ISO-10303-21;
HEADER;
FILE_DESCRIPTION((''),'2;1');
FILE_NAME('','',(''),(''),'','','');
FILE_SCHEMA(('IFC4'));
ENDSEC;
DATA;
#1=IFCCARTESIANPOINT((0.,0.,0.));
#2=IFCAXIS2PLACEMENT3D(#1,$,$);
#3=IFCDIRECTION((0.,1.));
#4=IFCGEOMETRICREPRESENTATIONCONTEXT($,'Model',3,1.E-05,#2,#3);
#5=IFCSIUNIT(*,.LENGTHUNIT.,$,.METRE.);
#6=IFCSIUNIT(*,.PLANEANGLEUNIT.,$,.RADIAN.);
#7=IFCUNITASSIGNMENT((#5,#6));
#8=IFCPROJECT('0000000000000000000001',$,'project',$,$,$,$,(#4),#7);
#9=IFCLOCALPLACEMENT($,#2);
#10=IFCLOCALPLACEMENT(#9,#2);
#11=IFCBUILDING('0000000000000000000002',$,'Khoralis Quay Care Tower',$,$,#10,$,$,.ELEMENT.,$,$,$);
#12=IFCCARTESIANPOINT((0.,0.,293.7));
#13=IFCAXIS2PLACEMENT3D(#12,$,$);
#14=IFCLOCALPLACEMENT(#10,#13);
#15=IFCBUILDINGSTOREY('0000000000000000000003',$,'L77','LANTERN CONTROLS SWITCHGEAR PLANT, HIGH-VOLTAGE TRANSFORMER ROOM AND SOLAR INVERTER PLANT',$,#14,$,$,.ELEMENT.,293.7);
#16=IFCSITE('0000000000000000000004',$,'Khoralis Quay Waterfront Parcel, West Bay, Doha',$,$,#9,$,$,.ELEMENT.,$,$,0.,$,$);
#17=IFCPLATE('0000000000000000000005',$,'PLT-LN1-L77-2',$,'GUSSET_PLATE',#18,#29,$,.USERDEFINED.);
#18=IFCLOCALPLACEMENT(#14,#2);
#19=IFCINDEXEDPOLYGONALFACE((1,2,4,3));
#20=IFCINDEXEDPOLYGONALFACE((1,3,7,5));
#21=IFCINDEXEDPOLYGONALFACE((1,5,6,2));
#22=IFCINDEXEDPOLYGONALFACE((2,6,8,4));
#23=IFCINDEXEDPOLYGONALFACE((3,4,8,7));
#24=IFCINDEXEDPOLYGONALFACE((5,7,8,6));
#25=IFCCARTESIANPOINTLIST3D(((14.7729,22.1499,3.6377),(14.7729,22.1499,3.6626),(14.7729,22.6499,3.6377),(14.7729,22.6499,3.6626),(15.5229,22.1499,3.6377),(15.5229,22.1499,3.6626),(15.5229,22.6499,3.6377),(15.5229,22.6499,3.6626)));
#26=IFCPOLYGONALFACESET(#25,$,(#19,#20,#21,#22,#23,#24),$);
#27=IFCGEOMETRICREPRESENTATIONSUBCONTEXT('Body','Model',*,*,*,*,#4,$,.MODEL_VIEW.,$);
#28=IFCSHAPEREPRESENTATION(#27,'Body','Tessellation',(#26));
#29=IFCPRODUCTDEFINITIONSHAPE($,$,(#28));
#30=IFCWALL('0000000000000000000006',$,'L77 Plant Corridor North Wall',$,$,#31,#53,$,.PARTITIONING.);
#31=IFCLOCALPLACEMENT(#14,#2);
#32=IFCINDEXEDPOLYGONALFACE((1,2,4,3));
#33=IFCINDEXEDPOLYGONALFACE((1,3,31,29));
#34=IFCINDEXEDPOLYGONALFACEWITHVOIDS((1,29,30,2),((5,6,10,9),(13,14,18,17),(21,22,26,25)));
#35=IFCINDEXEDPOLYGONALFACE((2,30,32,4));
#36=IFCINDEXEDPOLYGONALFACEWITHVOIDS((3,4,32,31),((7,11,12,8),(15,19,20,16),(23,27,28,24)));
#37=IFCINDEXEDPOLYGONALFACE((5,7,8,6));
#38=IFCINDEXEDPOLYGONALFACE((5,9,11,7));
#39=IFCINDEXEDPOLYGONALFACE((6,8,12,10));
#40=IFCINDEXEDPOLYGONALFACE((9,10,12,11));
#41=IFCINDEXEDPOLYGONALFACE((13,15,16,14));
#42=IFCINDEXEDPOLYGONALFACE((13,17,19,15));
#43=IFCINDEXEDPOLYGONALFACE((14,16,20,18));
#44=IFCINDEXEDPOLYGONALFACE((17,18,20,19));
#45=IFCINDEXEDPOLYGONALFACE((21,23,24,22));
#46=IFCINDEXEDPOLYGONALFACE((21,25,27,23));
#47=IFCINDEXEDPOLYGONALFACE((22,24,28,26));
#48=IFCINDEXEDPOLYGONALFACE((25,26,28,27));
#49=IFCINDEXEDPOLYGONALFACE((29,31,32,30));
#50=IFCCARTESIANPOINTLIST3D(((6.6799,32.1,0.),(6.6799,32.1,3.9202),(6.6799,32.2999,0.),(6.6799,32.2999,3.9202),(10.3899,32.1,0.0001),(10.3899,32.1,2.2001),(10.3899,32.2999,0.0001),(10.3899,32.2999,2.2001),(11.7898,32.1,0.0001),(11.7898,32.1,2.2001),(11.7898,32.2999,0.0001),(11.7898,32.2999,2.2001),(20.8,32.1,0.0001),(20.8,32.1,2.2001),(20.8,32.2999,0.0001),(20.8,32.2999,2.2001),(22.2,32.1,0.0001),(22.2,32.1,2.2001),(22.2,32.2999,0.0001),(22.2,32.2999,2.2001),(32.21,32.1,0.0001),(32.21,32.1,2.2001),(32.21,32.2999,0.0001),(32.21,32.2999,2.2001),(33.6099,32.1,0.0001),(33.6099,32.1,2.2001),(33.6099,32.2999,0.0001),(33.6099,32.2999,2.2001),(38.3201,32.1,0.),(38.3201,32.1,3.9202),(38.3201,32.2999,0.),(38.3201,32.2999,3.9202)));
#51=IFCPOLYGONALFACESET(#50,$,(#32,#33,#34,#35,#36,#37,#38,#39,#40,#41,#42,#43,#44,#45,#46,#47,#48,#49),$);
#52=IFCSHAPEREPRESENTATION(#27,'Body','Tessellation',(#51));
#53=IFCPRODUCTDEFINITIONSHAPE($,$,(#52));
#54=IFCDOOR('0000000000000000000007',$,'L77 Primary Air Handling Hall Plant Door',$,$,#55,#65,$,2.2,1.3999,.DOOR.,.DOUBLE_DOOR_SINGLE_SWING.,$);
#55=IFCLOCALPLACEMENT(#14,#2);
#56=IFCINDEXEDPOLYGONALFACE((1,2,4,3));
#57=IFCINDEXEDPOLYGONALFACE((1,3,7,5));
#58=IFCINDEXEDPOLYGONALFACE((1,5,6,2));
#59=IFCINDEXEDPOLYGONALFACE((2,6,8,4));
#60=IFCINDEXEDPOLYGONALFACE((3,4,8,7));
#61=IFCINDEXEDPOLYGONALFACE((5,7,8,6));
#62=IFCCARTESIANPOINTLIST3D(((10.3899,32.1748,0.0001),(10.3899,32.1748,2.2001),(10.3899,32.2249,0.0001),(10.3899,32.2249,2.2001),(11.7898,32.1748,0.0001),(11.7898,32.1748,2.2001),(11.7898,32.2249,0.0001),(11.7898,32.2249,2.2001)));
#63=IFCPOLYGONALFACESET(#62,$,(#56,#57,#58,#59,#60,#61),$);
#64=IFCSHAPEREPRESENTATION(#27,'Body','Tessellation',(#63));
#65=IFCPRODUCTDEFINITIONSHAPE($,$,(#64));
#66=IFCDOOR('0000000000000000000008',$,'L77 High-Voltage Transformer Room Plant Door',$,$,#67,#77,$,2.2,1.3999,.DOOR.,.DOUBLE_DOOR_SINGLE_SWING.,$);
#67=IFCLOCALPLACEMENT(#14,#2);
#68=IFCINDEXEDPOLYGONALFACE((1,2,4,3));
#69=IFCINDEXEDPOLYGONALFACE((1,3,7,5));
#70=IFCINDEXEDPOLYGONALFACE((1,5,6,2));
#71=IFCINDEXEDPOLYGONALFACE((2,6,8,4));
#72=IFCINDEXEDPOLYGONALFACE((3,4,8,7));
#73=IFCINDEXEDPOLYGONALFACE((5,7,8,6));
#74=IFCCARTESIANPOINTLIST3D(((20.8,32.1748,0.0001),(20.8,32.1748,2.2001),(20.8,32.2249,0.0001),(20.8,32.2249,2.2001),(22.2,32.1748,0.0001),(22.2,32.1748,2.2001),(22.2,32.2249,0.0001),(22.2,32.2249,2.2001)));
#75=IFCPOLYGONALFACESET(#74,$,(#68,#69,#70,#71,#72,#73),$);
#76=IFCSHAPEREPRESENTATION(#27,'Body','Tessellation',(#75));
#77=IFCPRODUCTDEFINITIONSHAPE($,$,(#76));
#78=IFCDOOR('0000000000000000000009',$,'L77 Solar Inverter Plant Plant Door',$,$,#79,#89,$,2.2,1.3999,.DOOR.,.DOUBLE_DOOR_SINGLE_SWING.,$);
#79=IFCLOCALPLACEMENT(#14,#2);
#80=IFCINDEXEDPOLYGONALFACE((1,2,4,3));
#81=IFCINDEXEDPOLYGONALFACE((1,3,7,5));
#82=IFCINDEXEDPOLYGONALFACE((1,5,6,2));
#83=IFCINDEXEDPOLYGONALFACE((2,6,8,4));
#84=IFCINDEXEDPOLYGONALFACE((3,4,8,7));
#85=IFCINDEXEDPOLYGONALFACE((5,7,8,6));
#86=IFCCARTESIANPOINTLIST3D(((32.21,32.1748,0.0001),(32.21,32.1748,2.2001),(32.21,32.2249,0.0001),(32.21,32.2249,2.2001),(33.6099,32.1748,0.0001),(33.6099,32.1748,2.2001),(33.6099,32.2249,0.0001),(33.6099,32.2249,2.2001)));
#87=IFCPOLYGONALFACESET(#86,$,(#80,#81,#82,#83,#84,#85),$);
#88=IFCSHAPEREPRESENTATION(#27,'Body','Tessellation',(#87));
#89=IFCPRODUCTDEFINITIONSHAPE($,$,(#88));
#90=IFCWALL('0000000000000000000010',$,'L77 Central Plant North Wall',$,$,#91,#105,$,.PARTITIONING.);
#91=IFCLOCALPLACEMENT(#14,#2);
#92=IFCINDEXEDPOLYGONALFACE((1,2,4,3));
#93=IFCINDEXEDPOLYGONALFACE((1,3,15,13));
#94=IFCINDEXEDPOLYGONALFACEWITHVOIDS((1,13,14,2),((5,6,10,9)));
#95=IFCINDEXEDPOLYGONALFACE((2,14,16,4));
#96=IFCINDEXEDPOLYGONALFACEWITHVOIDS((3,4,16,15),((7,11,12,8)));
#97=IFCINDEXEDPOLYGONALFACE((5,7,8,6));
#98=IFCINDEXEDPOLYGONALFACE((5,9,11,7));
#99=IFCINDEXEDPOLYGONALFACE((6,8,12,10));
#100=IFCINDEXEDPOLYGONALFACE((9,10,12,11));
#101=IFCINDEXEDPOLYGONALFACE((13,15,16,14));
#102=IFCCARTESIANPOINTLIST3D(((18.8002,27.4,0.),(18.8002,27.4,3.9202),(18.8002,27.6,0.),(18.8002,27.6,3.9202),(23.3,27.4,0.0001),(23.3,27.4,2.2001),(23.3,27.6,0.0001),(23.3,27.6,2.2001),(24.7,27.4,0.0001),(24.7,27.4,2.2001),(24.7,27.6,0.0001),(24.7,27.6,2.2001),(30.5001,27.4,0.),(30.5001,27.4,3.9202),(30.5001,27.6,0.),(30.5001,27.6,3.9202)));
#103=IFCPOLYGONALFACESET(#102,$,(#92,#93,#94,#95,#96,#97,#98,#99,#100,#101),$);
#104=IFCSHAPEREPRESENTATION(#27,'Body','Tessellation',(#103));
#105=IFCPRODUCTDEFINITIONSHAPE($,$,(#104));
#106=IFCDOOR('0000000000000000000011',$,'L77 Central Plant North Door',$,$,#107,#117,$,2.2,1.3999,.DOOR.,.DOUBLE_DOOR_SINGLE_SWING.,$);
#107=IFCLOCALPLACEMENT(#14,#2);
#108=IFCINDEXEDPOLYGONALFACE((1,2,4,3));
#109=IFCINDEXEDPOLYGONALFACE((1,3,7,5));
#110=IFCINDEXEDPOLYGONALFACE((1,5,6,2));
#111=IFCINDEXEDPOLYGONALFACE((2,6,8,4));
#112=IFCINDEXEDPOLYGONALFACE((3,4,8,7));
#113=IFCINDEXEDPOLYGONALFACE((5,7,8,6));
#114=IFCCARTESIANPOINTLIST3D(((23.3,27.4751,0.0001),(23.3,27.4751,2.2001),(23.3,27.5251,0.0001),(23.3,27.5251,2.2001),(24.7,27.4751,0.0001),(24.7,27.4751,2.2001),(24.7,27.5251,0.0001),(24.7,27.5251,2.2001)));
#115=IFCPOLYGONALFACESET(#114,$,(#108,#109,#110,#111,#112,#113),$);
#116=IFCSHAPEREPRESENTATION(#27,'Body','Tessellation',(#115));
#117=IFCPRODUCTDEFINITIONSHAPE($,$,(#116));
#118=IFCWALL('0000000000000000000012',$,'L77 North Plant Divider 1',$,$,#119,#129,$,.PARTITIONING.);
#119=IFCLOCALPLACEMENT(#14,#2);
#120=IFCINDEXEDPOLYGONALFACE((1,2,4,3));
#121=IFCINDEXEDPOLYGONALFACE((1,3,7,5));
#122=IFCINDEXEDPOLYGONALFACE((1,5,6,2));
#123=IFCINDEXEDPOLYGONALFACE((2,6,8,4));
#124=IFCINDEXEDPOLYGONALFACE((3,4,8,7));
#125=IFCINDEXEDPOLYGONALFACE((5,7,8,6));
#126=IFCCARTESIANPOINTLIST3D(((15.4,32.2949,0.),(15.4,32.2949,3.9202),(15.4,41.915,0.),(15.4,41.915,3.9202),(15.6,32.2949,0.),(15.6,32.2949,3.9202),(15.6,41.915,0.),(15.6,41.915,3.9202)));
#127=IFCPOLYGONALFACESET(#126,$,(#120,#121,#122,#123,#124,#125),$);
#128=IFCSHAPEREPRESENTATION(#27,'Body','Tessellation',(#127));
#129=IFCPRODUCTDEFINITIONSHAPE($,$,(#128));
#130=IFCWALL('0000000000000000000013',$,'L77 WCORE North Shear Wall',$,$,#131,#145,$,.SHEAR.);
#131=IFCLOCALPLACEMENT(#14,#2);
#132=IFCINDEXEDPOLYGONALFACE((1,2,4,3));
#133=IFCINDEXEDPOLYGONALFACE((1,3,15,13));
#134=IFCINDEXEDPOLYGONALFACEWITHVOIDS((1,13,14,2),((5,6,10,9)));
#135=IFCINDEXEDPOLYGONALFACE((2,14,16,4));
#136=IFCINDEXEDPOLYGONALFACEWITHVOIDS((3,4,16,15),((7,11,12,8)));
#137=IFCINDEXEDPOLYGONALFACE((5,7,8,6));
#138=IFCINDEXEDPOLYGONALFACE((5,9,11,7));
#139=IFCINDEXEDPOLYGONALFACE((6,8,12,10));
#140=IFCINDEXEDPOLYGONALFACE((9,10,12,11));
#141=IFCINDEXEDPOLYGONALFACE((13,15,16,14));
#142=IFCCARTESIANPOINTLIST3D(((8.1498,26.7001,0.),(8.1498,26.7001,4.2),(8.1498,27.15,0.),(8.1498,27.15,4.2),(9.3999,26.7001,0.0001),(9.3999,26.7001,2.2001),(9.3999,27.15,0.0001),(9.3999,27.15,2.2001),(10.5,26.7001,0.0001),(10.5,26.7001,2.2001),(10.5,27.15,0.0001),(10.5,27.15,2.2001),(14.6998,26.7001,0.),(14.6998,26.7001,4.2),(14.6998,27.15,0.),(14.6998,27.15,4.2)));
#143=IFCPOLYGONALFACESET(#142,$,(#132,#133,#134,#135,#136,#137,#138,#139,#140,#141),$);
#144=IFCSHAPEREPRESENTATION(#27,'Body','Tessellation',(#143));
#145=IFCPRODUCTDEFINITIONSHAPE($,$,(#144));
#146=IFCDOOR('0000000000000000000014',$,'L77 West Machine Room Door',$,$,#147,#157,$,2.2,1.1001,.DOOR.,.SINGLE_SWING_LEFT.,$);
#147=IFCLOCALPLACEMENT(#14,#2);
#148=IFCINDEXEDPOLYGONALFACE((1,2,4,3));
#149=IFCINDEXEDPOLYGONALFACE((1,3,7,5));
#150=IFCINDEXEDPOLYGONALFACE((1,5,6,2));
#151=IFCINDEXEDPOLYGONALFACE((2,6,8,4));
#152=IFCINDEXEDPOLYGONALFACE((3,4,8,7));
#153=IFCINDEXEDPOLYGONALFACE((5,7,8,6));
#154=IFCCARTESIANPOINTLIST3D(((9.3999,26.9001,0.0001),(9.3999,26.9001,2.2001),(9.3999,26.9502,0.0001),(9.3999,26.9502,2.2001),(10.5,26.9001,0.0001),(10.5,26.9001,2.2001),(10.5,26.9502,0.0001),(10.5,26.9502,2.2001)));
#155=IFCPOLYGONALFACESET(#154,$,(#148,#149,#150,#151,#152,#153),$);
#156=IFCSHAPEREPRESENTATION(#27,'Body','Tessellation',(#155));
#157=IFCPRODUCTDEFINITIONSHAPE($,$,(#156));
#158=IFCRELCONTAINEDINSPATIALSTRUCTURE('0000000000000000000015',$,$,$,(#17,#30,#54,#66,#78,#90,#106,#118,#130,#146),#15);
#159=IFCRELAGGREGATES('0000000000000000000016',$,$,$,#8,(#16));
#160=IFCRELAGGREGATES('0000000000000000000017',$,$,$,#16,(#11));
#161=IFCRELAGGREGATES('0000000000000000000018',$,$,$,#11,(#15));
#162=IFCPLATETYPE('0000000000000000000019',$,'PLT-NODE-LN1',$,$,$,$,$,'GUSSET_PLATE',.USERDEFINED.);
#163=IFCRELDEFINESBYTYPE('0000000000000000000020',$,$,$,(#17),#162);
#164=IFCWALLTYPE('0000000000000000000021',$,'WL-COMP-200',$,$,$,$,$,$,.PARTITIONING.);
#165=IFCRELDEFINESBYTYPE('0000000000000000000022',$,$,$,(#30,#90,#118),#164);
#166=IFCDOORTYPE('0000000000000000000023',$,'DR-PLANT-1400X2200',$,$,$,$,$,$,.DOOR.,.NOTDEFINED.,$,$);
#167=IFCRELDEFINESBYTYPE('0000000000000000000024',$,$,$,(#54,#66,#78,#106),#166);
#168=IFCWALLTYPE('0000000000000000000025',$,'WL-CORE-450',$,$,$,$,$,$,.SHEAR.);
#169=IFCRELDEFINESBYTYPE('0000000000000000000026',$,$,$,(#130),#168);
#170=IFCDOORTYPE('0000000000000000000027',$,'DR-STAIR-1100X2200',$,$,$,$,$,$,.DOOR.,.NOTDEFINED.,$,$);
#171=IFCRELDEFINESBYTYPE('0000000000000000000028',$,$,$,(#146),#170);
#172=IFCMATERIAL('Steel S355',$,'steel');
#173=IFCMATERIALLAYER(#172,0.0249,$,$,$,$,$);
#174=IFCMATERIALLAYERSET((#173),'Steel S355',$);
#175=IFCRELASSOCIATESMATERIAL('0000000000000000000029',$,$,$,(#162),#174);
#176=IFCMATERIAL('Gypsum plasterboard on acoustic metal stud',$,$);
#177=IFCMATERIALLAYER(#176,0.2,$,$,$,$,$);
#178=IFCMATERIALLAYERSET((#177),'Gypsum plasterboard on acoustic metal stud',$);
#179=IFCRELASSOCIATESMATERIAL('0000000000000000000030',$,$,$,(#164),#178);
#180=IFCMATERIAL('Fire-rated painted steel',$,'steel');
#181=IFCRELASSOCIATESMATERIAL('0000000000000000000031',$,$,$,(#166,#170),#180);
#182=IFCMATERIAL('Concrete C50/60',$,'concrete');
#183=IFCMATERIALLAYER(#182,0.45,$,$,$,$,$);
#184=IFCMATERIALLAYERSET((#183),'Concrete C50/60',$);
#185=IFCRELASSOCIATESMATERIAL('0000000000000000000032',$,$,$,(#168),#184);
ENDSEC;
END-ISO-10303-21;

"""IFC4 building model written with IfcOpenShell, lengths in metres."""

from ifc_helpers import new_model, si_unit, direction, frame, frame_2d, origin, origin_2d, place, context, subcontext, project, spatial, rectangle, extrude, source, transform, mapped, material, layer, layer_set, type_object, element, fill, save


model = new_model("IFC4")

# Units and contexts
model_context = context("Model", 3, precision=1e-05, world=origin(), true_north=direction((0.0, 1.0)))
body_context = subcontext(model_context, "Body", "Model", "MODEL_VIEW")
ifc_project = project(units=[si_unit("LENGTHUNIT", "METRE"), si_unit("PLANEANGLEUNIT", "RADIAN")], contexts=[model_context])

# Site, building, storey
site_placement = place(None, origin())
site = spatial("IfcSite", under=ifc_project, at=site_placement, Name="Khoralis Quay Waterfront Parcel, West Bay, Doha", CompositionType="ELEMENT", RefElevation=0.0)
building_placement = place(site_placement, origin())
building = spatial("IfcBuilding", under=site, at=building_placement, Name="Khoralis Quay Care Tower", CompositionType="ELEMENT")
storey_placement = place(building_placement, frame((0.0, 0.0, 293.7)))
storey = spatial("IfcBuildingStorey", under=building, at=storey_placement, Name="L77", Description="LANTERN CONTROLS SWITCHGEAR PLANT, HIGH-VOLTAGE TRANSFORMER ROOM AND SOLAR INVERTER PLANT", CompositionType="ELEMENT", Elevation=293.7)

# Shared definitions
ifc_material_1 = material(Name="Concrete C50/60", Category="concrete")

# Shared definitions
ifc_material_2 = material(Name="Steel S355", Category="steel")

# Plate
ifc_layer_1 = layer(ifc_material_2, 0.0249)
ifc_layer_set_1 = layer_set([ifc_layer_1], Name="Steel S355")
plate_type_1 = type_object("IfcPlateType", Name="PLT-NODE-LN1", ElementType="GUSSET_PLATE", PredefinedType="USERDEFINED", material=ifc_layer_set_1)
shared_shape_1 = source(origin(), body_context, "Body", "SweptSolid", [
    extrude(rectangle(XDim=0.75, YDim=0.5, at=origin_2d()), origin(), (0.0, 0.0, 1.0), 0.0249),
])
plate_1_placement = place(storey_placement, frame((15.1479, 22.3999, 3.6377), z_axis=(0.0, 0.0, 1.0), x_axis=(1.0, 0.0, 0.0)))
element("IfcPlate", 1, at=plate_1_placement, inside=storey, type_object=plate_type_1, Name="PLT-LN1-L77-2", ObjectType="GUSSET_PLATE", PredefinedType="USERDEFINED", context=body_context, shape_type="MappedRepresentation", body=[
    mapped(shared_shape_1, transform((0.0, 0.0, 0.0), scale=1.0)),
])

# Wall, openings, doors
ifc_material_3 = material(Name="Gypsum plasterboard on acoustic metal stud")
ifc_layer_2 = layer(ifc_material_3, 0.2)
ifc_layer_set_2 = layer_set([ifc_layer_2], Name="Gypsum plasterboard on acoustic metal stud")
wall_type_1 = type_object("IfcWallType", Name="WL-COMP-200", PredefinedType="PARTITIONING", material=ifc_layer_set_2)
wall_1_placement = place(storey_placement, frame((6.6799, 32.2, 0.0), z_axis=(0.0, 0.0, 1.0), x_axis=(1.0, 0.0, 0.0)))
wall_1 = element("IfcWall", 2, at=wall_1_placement, inside=storey, type_object=wall_type_1, Name="L77 Plant Corridor North Wall", PredefinedType="PARTITIONING", context=body_context, shape_type="SweptSolid", body=[
    extrude(rectangle(XDim=31.6401, YDim=0.2, at=frame_2d((15.8201, 0.0))), origin(), (0.0, 0.0, 1.0), 3.9202),
])
opening_1_placement = place(wall_1_placement, frame((3.71, 0.0, 0.0)))
opening_1 = element("IfcOpeningElement", 3, at=opening_1_placement, cuts=wall_1, PredefinedType="OPENING", context=body_context, shape_type="SweptSolid", body=[
    extrude(rectangle(XDim=1.3999, YDim=2.2, at=frame_2d((0.7, 1.1001))), frame((0.0, 0.1099, 0.0), z_axis=(0.0, -1.0, 0.0), x_axis=(1.0, 0.0, 0.0)), (0.0, 0.0, 1.0), 0.22),
])
opening_2_placement = place(wall_1_placement, frame((14.1201, 0.0, 0.0)))
opening_2 = element("IfcOpeningElement", 4, at=opening_2_placement, cuts=wall_1, PredefinedType="OPENING", context=body_context, shape_type="SweptSolid", body=[
    extrude(rectangle(XDim=1.3999, YDim=2.2, at=frame_2d((0.7, 1.1001))), frame((0.0, 0.1099, 0.0), z_axis=(0.0, -1.0, 0.0), x_axis=(1.0, 0.0, 0.0)), (0.0, 0.0, 1.0), 0.22),
])
opening_3_placement = place(wall_1_placement, frame((25.53, 0.0, 0.0)))
opening_3 = element("IfcOpeningElement", 5, at=opening_3_placement, cuts=wall_1, PredefinedType="OPENING", context=body_context, shape_type="SweptSolid", body=[
    extrude(rectangle(XDim=1.3999, YDim=2.2, at=frame_2d((0.7, 1.1001))), frame((0.0, 0.1099, 0.0), z_axis=(0.0, -1.0, 0.0), x_axis=(1.0, 0.0, 0.0)), (0.0, 0.0, 1.0), 0.22),
])
ifc_material_4 = material(Name="Fire-rated painted steel", Category="steel")
door_type_1 = type_object("IfcDoorType", Name="DR-PLANT-1400X2200", OperationType="NOTDEFINED", PredefinedType="DOOR", material=ifc_material_4)
shared_shape_2 = source(origin(), body_context, "Body", "SweptSolid", [
    extrude(rectangle(XDim=1.3999, YDim=2.2, at=frame_2d((0.7, 1.1001))), frame((0.0, 0.0249, 0.0), z_axis=(0.0, -1.0, 0.0), x_axis=(1.0, 0.0, 0.0)), (0.0, 0.0, 1.0), 0.05),
])
door_1_placement = place(opening_1_placement, origin())
door_1 = element("IfcDoor", 6, at=door_1_placement, inside=storey, type_object=door_type_1, Name="L77 Primary Air Handling Hall Plant Door", OperationType="DOUBLE_DOOR_SINGLE_SWING", OverallHeight=2.2, OverallWidth=1.3999, PredefinedType="DOOR", context=body_context, shape_type="MappedRepresentation", body=[
    mapped(shared_shape_2, transform((0.0, 0.0, 0.0), scale=1.0)),
])
fill(opening_1, door_1)
door_2_placement = place(opening_2_placement, origin())
door_2 = element("IfcDoor", 7, at=door_2_placement, inside=storey, type_object=door_type_1, Name="L77 High-Voltage Transformer Room Plant Door", OperationType="DOUBLE_DOOR_SINGLE_SWING", OverallHeight=2.2, OverallWidth=1.3999, PredefinedType="DOOR", context=body_context, shape_type="MappedRepresentation", body=[
    mapped(shared_shape_2, transform((0.0, 0.0, 0.0), scale=1.0)),
])
fill(opening_2, door_2)
door_3_placement = place(opening_3_placement, origin())
door_3 = element("IfcDoor", 8, at=door_3_placement, inside=storey, type_object=door_type_1, Name="L77 Solar Inverter Plant Plant Door", OperationType="DOUBLE_DOOR_SINGLE_SWING", OverallHeight=2.2, OverallWidth=1.3999, PredefinedType="DOOR", context=body_context, shape_type="MappedRepresentation", body=[
    mapped(shared_shape_2, transform((0.0, 0.0, 0.0), scale=1.0)),
])
fill(opening_3, door_3)

# Wall, opening, door
wall_2_placement = place(storey_placement, frame((18.8, 27.5, 0.0), z_axis=(0.0, 0.0, 1.0), x_axis=(1.0, 0.0, 0.0)))
wall_2 = element("IfcWall", 9, at=wall_2_placement, inside=storey, type_object=wall_type_1, Name="L77 Central Plant North Wall", PredefinedType="PARTITIONING", context=body_context, shape_type="SweptSolid", body=[
    extrude(rectangle(XDim=11.7, YDim=0.2, at=frame_2d((5.8501, 0.0))), origin(), (0.0, 0.0, 1.0), 3.9202),
])
opening_4_placement = place(wall_2_placement, frame((4.5, 0.0, 0.0)))
opening_4 = element("IfcOpeningElement", 10, at=opening_4_placement, cuts=wall_2, PredefinedType="OPENING", context=body_context, shape_type="SweptSolid", body=[
    extrude(rectangle(XDim=1.3999, YDim=2.2, at=frame_2d((0.7, 1.1001))), frame((0.0, 0.1099, 0.0), z_axis=(0.0, -1.0, 0.0), x_axis=(1.0, 0.0, 0.0)), (0.0, 0.0, 1.0), 0.22),
])
door_4_placement = place(opening_4_placement, frame((1.3999, 0.0, 0.0), z_axis=(0.0, 0.0, 1.0), x_axis=(-1.0, 0.0, 0.0)))
door_4 = element("IfcDoor", 11, at=door_4_placement, inside=storey, type_object=door_type_1, Name="L77 Central Plant North Door", OperationType="DOUBLE_DOOR_SINGLE_SWING", OverallHeight=2.2, OverallWidth=1.3999, PredefinedType="DOOR", context=body_context, shape_type="MappedRepresentation", body=[
    mapped(shared_shape_2, transform((0.0, 0.0, 0.0), scale=1.0)),
])
fill(opening_4, door_4)

# Wall
wall_3_placement = place(storey_placement, frame((15.5, 32.2949, 0.0), z_axis=(0.0, 0.0, 1.0), x_axis=(0.0, 1.0, 0.0)))
element("IfcWall", 12, at=wall_3_placement, inside=storey, type_object=wall_type_1, Name="L77 North Plant Divider 1", PredefinedType="PARTITIONING", context=body_context, shape_type="SweptSolid", body=[
    extrude(rectangle(XDim=9.6201, YDim=0.2, at=frame_2d((4.8101, 0.0))), origin(), (0.0, 0.0, 1.0), 3.9202),
])

# Wall, opening, door
ifc_layer_3 = layer(ifc_material_1, 0.45)
ifc_layer_set_3 = layer_set([ifc_layer_3], Name="Concrete C50/60")
wall_type_2 = type_object("IfcWallType", Name="WL-CORE-450", PredefinedType="SHEAR", material=ifc_layer_set_3)
wall_4_placement = place(storey_placement, frame((8.1499, 26.925, 0.0), z_axis=(0.0, 0.0, 1.0), x_axis=(1.0, 0.0, 0.0)))
wall_4 = element("IfcWall", 13, at=wall_4_placement, inside=storey, type_object=wall_type_2, Name="L77 WCORE North Shear Wall", PredefinedType="SHEAR", context=body_context, shape_type="SweptSolid", body=[
    extrude(rectangle(XDim=6.55, YDim=0.45, at=frame_2d((3.2749, 0.0))), origin(), (0.0, 0.0, 1.0), 4.2),
])
opening_5_placement = place(wall_4_placement, frame((1.25, 0.0, 0.0)))
opening_5 = element("IfcOpeningElement", 14, at=opening_5_placement, cuts=wall_4, PredefinedType="OPENING", context=body_context, shape_type="SweptSolid", body=[
    extrude(rectangle(XDim=1.1001, YDim=2.2, at=frame_2d((0.55, 1.1001))), frame((0.0, 0.2349, 0.0), z_axis=(0.0, -1.0, 0.0), x_axis=(1.0, 0.0, 0.0)), (0.0, 0.0, 1.0), 0.47),
])
door_type_2 = type_object("IfcDoorType", Name="DR-STAIR-1100X2200", OperationType="NOTDEFINED", PredefinedType="DOOR", material=ifc_material_4)
shared_shape_3 = source(origin(), body_context, "Body", "SweptSolid", [
    extrude(rectangle(XDim=1.1001, YDim=2.2, at=frame_2d((0.55, 1.1001))), frame((0.0, 0.0249, 0.0), z_axis=(0.0, -1.0, 0.0), x_axis=(1.0, 0.0, 0.0)), (0.0, 0.0, 1.0), 0.05),
])
door_5_placement = place(opening_5_placement, frame((1.1001, 0.0, 0.0), z_axis=(0.0, 0.0, 1.0), x_axis=(-1.0, 0.0, 0.0)))
door_5 = element("IfcDoor", 15, at=door_5_placement, inside=storey, type_object=door_type_2, Name="L77 West Machine Room Door", OperationType="SINGLE_SWING_LEFT", OverallHeight=2.2, OverallWidth=1.1001, PredefinedType="DOOR", context=body_context, shape_type="MappedRepresentation", body=[
    mapped(shared_shape_3, transform((0.0, 0.0, 0.0), scale=1.0)),
])
fill(opening_5, door_5)

save(model, "model.ifc")
